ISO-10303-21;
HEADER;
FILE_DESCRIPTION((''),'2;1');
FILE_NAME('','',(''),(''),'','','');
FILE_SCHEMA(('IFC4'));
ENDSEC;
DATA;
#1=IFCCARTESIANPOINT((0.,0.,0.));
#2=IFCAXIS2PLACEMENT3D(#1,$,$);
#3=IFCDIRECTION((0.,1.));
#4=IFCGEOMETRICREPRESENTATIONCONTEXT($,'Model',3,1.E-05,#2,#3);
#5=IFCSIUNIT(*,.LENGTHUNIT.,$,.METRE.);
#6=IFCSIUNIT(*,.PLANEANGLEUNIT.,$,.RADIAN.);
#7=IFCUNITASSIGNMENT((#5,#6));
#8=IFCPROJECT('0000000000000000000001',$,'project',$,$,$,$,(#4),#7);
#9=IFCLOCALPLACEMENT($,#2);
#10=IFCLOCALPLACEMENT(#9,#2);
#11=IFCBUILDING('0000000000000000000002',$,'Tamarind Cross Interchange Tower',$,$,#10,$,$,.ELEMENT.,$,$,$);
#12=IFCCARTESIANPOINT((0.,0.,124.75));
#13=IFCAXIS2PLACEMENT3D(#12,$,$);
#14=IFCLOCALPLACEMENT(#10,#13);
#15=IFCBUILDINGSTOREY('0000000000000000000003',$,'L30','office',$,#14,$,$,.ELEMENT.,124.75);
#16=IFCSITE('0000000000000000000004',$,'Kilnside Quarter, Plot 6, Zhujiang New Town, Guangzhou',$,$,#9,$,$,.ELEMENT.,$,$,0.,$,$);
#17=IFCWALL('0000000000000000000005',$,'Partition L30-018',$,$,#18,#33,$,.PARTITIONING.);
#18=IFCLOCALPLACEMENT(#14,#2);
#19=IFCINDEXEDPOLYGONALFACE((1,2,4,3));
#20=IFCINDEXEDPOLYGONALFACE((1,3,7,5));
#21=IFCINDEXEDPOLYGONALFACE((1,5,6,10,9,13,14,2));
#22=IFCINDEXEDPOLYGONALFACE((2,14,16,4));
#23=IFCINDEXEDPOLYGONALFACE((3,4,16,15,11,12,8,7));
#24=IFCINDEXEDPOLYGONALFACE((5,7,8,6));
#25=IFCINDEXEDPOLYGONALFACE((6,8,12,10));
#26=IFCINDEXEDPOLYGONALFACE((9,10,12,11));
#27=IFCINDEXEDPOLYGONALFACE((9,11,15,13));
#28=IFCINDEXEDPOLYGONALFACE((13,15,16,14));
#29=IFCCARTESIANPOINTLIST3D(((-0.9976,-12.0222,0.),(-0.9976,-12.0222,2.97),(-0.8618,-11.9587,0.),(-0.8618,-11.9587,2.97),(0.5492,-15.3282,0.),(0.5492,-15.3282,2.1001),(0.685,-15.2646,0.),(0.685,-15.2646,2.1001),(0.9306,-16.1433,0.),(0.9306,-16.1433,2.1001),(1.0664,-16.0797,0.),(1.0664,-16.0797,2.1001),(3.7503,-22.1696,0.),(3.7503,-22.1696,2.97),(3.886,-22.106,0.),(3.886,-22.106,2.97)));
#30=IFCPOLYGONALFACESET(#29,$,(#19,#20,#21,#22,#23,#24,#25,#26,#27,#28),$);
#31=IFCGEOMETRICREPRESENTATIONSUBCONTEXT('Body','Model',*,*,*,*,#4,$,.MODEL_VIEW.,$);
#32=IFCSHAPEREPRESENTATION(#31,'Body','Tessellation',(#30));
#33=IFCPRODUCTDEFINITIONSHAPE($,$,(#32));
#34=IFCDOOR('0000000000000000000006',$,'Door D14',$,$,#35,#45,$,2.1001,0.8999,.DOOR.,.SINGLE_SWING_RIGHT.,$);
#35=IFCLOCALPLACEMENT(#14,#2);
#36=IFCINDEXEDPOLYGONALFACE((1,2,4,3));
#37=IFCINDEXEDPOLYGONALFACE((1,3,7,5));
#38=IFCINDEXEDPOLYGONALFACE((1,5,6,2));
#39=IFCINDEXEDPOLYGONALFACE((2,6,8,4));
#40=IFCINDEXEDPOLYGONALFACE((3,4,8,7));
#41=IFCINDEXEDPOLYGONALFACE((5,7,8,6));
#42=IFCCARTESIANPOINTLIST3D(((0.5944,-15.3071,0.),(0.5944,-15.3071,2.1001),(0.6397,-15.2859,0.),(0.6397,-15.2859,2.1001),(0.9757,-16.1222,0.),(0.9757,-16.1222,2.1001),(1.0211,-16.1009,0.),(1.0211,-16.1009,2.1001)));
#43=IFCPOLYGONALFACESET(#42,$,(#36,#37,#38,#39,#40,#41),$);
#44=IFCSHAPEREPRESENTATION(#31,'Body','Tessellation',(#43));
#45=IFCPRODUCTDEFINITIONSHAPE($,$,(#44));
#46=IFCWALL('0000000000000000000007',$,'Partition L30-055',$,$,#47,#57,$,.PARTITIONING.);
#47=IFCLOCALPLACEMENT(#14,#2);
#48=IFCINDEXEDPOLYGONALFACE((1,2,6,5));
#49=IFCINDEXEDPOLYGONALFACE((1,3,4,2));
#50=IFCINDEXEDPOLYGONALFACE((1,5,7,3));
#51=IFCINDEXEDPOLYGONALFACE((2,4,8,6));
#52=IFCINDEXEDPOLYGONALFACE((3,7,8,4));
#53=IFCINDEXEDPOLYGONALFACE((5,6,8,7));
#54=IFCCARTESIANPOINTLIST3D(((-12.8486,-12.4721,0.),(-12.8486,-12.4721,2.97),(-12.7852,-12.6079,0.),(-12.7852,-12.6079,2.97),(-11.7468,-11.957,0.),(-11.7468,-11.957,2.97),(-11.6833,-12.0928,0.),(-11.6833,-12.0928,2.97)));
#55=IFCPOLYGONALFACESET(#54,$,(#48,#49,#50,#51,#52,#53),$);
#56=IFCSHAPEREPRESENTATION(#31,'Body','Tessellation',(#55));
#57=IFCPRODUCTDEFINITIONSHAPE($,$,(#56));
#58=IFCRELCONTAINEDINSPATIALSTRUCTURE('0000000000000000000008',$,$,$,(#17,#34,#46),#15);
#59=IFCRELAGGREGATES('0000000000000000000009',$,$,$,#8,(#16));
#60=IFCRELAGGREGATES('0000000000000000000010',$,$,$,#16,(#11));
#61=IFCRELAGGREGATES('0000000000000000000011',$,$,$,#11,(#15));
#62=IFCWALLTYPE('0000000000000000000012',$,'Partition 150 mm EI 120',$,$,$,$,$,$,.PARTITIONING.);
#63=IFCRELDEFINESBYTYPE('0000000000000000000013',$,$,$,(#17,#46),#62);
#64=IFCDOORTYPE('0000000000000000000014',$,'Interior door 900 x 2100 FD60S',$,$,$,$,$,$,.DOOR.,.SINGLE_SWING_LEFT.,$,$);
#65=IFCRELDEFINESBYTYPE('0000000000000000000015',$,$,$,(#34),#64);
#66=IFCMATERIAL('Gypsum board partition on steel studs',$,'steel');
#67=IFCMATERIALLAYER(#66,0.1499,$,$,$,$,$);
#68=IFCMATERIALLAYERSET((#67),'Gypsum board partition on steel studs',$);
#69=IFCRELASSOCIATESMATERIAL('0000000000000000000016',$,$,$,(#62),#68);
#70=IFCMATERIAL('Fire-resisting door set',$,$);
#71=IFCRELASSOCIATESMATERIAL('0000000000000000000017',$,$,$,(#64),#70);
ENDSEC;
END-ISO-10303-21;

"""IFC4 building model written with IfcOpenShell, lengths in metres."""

from ifc_helpers import new_model, si_unit, direction, frame, frame_2d, origin, place, context, subcontext, project, spatial, rectangle, extrude, material, layer, layer_set, type_object, element, fill, save


model = new_model("IFC4")

# Units and contexts
model_context = context("Model", 3, precision=1e-05, world=origin(), true_north=direction((0.0, 1.0)))
body_context = subcontext(model_context, "Body", "Model", "MODEL_VIEW")
ifc_project = project(units=[si_unit("LENGTHUNIT", "METRE"), si_unit("PLANEANGLEUNIT", "RADIAN")], contexts=[model_context])

# Site, building, storey
site_placement = place(None, origin())
site = spatial("IfcSite", under=ifc_project, at=site_placement, Name="Kilnside Quarter, Plot 6, Zhujiang New Town, Guangzhou", CompositionType="ELEMENT", RefElevation=0.0)
building_placement = place(site_placement, origin())
building = spatial("IfcBuilding", under=site, at=building_placement, Name="Tamarind Cross Interchange Tower", CompositionType="ELEMENT")
storey_placement = place(building_placement, frame((0.0, 0.0, 124.75)))
storey = spatial("IfcBuildingStorey", under=building, at=storey_placement, Name="L30", Description="office", CompositionType="ELEMENT", Elevation=124.75)

# Shared definitions
ifc_material_1 = material(Name="Gypsum board partition on steel studs", Category="steel")
ifc_layer_1 = layer(ifc_material_1, 0.1499)
ifc_layer_set_1 = layer_set([ifc_layer_1], Name="Gypsum board partition on steel studs")
wall_type_1 = type_object("IfcWallType", Name="Partition 150 mm EI 120", PredefinedType="PARTITIONING", material=ifc_layer_set_1)

# Wall, opening, door
ifc_material_2 = material(Name="Fire-resisting door set")
door_type_1 = type_object("IfcDoorType", Name="Interior door 900 x 2100 FD60S", OperationType="SINGLE_SWING_LEFT", PredefinedType="DOOR", material=ifc_material_2)
wall_1_placement = place(storey_placement, frame((-0.9297, -11.9905, 0.0), z_axis=(0.0, 0.0, 1.0), x_axis=(0.423797, -0.905757, 0.0)))
wall_1 = element("IfcWall", 1, at=wall_1_placement, inside=storey, type_object=wall_type_1, Name="Partition L30-018", PredefinedType="PARTITIONING", context=body_context, shape_type="SweptSolid", body=[
    extrude(rectangle(XDim=11.2031, YDim=0.1499, at=frame_2d((5.6016, 0.0))), origin(), (0.0, 0.0, 1.0), 2.97),
])
opening_1_placement = place(wall_1_placement, frame((3.6499, 0.0, 0.0)))
opening_1 = element("IfcOpeningElement", 2, at=opening_1_placement, cuts=wall_1, PredefinedType="OPENING", context=body_context, shape_type="SweptSolid", body=[
    extrude(rectangle(XDim=0.8999, YDim=2.1001, at=frame_2d((0.45, 1.05))), frame((0.0, 0.085, 0.0), z_axis=(0.0, -1.0, 0.0), x_axis=(1.0, 0.0, 0.0)), (0.0, 0.0, 1.0), 0.1699),
])
door_1_placement = place(opening_1_placement, origin())
door_1 = element("IfcDoor", 3, at=door_1_placement, inside=storey, type_object=door_type_1, Name="Door D14", OperationType="SINGLE_SWING_RIGHT", OverallHeight=2.1001, OverallWidth=0.8999, PredefinedType="DOOR", context=body_context, shape_type="SweptSolid", body=[
    extrude(rectangle(XDim=0.8999, YDim=2.1001, at=frame_2d((0.45, 1.05))), frame((0.0, 0.0249, 0.0), z_axis=(0.0, -1.0, 0.0), x_axis=(1.0, 0.0, 0.0)), (0.0, 0.0, 1.0), 0.05),
])
fill(opening_1, door_1)

# Wall
wall_2_placement = place(storey_placement, frame((-12.8169, -12.54, 0.0), z_axis=(0.0, 0.0, 1.0), x_axis=(0.90588, 0.423534, 0.0)))
element("IfcWall", 4, at=wall_2_placement, inside=storey, type_object=wall_type_1, Name="Partition L30-055", PredefinedType="PARTITIONING", context=body_context, shape_type="SweptSolid", body=[
    extrude(rectangle(XDim=1.2163, YDim=0.1499, at=frame_2d((0.6082, 0.0))), origin(), (0.0, 0.0, 1.0), 2.97),
])

save(model, "model.ifc")
